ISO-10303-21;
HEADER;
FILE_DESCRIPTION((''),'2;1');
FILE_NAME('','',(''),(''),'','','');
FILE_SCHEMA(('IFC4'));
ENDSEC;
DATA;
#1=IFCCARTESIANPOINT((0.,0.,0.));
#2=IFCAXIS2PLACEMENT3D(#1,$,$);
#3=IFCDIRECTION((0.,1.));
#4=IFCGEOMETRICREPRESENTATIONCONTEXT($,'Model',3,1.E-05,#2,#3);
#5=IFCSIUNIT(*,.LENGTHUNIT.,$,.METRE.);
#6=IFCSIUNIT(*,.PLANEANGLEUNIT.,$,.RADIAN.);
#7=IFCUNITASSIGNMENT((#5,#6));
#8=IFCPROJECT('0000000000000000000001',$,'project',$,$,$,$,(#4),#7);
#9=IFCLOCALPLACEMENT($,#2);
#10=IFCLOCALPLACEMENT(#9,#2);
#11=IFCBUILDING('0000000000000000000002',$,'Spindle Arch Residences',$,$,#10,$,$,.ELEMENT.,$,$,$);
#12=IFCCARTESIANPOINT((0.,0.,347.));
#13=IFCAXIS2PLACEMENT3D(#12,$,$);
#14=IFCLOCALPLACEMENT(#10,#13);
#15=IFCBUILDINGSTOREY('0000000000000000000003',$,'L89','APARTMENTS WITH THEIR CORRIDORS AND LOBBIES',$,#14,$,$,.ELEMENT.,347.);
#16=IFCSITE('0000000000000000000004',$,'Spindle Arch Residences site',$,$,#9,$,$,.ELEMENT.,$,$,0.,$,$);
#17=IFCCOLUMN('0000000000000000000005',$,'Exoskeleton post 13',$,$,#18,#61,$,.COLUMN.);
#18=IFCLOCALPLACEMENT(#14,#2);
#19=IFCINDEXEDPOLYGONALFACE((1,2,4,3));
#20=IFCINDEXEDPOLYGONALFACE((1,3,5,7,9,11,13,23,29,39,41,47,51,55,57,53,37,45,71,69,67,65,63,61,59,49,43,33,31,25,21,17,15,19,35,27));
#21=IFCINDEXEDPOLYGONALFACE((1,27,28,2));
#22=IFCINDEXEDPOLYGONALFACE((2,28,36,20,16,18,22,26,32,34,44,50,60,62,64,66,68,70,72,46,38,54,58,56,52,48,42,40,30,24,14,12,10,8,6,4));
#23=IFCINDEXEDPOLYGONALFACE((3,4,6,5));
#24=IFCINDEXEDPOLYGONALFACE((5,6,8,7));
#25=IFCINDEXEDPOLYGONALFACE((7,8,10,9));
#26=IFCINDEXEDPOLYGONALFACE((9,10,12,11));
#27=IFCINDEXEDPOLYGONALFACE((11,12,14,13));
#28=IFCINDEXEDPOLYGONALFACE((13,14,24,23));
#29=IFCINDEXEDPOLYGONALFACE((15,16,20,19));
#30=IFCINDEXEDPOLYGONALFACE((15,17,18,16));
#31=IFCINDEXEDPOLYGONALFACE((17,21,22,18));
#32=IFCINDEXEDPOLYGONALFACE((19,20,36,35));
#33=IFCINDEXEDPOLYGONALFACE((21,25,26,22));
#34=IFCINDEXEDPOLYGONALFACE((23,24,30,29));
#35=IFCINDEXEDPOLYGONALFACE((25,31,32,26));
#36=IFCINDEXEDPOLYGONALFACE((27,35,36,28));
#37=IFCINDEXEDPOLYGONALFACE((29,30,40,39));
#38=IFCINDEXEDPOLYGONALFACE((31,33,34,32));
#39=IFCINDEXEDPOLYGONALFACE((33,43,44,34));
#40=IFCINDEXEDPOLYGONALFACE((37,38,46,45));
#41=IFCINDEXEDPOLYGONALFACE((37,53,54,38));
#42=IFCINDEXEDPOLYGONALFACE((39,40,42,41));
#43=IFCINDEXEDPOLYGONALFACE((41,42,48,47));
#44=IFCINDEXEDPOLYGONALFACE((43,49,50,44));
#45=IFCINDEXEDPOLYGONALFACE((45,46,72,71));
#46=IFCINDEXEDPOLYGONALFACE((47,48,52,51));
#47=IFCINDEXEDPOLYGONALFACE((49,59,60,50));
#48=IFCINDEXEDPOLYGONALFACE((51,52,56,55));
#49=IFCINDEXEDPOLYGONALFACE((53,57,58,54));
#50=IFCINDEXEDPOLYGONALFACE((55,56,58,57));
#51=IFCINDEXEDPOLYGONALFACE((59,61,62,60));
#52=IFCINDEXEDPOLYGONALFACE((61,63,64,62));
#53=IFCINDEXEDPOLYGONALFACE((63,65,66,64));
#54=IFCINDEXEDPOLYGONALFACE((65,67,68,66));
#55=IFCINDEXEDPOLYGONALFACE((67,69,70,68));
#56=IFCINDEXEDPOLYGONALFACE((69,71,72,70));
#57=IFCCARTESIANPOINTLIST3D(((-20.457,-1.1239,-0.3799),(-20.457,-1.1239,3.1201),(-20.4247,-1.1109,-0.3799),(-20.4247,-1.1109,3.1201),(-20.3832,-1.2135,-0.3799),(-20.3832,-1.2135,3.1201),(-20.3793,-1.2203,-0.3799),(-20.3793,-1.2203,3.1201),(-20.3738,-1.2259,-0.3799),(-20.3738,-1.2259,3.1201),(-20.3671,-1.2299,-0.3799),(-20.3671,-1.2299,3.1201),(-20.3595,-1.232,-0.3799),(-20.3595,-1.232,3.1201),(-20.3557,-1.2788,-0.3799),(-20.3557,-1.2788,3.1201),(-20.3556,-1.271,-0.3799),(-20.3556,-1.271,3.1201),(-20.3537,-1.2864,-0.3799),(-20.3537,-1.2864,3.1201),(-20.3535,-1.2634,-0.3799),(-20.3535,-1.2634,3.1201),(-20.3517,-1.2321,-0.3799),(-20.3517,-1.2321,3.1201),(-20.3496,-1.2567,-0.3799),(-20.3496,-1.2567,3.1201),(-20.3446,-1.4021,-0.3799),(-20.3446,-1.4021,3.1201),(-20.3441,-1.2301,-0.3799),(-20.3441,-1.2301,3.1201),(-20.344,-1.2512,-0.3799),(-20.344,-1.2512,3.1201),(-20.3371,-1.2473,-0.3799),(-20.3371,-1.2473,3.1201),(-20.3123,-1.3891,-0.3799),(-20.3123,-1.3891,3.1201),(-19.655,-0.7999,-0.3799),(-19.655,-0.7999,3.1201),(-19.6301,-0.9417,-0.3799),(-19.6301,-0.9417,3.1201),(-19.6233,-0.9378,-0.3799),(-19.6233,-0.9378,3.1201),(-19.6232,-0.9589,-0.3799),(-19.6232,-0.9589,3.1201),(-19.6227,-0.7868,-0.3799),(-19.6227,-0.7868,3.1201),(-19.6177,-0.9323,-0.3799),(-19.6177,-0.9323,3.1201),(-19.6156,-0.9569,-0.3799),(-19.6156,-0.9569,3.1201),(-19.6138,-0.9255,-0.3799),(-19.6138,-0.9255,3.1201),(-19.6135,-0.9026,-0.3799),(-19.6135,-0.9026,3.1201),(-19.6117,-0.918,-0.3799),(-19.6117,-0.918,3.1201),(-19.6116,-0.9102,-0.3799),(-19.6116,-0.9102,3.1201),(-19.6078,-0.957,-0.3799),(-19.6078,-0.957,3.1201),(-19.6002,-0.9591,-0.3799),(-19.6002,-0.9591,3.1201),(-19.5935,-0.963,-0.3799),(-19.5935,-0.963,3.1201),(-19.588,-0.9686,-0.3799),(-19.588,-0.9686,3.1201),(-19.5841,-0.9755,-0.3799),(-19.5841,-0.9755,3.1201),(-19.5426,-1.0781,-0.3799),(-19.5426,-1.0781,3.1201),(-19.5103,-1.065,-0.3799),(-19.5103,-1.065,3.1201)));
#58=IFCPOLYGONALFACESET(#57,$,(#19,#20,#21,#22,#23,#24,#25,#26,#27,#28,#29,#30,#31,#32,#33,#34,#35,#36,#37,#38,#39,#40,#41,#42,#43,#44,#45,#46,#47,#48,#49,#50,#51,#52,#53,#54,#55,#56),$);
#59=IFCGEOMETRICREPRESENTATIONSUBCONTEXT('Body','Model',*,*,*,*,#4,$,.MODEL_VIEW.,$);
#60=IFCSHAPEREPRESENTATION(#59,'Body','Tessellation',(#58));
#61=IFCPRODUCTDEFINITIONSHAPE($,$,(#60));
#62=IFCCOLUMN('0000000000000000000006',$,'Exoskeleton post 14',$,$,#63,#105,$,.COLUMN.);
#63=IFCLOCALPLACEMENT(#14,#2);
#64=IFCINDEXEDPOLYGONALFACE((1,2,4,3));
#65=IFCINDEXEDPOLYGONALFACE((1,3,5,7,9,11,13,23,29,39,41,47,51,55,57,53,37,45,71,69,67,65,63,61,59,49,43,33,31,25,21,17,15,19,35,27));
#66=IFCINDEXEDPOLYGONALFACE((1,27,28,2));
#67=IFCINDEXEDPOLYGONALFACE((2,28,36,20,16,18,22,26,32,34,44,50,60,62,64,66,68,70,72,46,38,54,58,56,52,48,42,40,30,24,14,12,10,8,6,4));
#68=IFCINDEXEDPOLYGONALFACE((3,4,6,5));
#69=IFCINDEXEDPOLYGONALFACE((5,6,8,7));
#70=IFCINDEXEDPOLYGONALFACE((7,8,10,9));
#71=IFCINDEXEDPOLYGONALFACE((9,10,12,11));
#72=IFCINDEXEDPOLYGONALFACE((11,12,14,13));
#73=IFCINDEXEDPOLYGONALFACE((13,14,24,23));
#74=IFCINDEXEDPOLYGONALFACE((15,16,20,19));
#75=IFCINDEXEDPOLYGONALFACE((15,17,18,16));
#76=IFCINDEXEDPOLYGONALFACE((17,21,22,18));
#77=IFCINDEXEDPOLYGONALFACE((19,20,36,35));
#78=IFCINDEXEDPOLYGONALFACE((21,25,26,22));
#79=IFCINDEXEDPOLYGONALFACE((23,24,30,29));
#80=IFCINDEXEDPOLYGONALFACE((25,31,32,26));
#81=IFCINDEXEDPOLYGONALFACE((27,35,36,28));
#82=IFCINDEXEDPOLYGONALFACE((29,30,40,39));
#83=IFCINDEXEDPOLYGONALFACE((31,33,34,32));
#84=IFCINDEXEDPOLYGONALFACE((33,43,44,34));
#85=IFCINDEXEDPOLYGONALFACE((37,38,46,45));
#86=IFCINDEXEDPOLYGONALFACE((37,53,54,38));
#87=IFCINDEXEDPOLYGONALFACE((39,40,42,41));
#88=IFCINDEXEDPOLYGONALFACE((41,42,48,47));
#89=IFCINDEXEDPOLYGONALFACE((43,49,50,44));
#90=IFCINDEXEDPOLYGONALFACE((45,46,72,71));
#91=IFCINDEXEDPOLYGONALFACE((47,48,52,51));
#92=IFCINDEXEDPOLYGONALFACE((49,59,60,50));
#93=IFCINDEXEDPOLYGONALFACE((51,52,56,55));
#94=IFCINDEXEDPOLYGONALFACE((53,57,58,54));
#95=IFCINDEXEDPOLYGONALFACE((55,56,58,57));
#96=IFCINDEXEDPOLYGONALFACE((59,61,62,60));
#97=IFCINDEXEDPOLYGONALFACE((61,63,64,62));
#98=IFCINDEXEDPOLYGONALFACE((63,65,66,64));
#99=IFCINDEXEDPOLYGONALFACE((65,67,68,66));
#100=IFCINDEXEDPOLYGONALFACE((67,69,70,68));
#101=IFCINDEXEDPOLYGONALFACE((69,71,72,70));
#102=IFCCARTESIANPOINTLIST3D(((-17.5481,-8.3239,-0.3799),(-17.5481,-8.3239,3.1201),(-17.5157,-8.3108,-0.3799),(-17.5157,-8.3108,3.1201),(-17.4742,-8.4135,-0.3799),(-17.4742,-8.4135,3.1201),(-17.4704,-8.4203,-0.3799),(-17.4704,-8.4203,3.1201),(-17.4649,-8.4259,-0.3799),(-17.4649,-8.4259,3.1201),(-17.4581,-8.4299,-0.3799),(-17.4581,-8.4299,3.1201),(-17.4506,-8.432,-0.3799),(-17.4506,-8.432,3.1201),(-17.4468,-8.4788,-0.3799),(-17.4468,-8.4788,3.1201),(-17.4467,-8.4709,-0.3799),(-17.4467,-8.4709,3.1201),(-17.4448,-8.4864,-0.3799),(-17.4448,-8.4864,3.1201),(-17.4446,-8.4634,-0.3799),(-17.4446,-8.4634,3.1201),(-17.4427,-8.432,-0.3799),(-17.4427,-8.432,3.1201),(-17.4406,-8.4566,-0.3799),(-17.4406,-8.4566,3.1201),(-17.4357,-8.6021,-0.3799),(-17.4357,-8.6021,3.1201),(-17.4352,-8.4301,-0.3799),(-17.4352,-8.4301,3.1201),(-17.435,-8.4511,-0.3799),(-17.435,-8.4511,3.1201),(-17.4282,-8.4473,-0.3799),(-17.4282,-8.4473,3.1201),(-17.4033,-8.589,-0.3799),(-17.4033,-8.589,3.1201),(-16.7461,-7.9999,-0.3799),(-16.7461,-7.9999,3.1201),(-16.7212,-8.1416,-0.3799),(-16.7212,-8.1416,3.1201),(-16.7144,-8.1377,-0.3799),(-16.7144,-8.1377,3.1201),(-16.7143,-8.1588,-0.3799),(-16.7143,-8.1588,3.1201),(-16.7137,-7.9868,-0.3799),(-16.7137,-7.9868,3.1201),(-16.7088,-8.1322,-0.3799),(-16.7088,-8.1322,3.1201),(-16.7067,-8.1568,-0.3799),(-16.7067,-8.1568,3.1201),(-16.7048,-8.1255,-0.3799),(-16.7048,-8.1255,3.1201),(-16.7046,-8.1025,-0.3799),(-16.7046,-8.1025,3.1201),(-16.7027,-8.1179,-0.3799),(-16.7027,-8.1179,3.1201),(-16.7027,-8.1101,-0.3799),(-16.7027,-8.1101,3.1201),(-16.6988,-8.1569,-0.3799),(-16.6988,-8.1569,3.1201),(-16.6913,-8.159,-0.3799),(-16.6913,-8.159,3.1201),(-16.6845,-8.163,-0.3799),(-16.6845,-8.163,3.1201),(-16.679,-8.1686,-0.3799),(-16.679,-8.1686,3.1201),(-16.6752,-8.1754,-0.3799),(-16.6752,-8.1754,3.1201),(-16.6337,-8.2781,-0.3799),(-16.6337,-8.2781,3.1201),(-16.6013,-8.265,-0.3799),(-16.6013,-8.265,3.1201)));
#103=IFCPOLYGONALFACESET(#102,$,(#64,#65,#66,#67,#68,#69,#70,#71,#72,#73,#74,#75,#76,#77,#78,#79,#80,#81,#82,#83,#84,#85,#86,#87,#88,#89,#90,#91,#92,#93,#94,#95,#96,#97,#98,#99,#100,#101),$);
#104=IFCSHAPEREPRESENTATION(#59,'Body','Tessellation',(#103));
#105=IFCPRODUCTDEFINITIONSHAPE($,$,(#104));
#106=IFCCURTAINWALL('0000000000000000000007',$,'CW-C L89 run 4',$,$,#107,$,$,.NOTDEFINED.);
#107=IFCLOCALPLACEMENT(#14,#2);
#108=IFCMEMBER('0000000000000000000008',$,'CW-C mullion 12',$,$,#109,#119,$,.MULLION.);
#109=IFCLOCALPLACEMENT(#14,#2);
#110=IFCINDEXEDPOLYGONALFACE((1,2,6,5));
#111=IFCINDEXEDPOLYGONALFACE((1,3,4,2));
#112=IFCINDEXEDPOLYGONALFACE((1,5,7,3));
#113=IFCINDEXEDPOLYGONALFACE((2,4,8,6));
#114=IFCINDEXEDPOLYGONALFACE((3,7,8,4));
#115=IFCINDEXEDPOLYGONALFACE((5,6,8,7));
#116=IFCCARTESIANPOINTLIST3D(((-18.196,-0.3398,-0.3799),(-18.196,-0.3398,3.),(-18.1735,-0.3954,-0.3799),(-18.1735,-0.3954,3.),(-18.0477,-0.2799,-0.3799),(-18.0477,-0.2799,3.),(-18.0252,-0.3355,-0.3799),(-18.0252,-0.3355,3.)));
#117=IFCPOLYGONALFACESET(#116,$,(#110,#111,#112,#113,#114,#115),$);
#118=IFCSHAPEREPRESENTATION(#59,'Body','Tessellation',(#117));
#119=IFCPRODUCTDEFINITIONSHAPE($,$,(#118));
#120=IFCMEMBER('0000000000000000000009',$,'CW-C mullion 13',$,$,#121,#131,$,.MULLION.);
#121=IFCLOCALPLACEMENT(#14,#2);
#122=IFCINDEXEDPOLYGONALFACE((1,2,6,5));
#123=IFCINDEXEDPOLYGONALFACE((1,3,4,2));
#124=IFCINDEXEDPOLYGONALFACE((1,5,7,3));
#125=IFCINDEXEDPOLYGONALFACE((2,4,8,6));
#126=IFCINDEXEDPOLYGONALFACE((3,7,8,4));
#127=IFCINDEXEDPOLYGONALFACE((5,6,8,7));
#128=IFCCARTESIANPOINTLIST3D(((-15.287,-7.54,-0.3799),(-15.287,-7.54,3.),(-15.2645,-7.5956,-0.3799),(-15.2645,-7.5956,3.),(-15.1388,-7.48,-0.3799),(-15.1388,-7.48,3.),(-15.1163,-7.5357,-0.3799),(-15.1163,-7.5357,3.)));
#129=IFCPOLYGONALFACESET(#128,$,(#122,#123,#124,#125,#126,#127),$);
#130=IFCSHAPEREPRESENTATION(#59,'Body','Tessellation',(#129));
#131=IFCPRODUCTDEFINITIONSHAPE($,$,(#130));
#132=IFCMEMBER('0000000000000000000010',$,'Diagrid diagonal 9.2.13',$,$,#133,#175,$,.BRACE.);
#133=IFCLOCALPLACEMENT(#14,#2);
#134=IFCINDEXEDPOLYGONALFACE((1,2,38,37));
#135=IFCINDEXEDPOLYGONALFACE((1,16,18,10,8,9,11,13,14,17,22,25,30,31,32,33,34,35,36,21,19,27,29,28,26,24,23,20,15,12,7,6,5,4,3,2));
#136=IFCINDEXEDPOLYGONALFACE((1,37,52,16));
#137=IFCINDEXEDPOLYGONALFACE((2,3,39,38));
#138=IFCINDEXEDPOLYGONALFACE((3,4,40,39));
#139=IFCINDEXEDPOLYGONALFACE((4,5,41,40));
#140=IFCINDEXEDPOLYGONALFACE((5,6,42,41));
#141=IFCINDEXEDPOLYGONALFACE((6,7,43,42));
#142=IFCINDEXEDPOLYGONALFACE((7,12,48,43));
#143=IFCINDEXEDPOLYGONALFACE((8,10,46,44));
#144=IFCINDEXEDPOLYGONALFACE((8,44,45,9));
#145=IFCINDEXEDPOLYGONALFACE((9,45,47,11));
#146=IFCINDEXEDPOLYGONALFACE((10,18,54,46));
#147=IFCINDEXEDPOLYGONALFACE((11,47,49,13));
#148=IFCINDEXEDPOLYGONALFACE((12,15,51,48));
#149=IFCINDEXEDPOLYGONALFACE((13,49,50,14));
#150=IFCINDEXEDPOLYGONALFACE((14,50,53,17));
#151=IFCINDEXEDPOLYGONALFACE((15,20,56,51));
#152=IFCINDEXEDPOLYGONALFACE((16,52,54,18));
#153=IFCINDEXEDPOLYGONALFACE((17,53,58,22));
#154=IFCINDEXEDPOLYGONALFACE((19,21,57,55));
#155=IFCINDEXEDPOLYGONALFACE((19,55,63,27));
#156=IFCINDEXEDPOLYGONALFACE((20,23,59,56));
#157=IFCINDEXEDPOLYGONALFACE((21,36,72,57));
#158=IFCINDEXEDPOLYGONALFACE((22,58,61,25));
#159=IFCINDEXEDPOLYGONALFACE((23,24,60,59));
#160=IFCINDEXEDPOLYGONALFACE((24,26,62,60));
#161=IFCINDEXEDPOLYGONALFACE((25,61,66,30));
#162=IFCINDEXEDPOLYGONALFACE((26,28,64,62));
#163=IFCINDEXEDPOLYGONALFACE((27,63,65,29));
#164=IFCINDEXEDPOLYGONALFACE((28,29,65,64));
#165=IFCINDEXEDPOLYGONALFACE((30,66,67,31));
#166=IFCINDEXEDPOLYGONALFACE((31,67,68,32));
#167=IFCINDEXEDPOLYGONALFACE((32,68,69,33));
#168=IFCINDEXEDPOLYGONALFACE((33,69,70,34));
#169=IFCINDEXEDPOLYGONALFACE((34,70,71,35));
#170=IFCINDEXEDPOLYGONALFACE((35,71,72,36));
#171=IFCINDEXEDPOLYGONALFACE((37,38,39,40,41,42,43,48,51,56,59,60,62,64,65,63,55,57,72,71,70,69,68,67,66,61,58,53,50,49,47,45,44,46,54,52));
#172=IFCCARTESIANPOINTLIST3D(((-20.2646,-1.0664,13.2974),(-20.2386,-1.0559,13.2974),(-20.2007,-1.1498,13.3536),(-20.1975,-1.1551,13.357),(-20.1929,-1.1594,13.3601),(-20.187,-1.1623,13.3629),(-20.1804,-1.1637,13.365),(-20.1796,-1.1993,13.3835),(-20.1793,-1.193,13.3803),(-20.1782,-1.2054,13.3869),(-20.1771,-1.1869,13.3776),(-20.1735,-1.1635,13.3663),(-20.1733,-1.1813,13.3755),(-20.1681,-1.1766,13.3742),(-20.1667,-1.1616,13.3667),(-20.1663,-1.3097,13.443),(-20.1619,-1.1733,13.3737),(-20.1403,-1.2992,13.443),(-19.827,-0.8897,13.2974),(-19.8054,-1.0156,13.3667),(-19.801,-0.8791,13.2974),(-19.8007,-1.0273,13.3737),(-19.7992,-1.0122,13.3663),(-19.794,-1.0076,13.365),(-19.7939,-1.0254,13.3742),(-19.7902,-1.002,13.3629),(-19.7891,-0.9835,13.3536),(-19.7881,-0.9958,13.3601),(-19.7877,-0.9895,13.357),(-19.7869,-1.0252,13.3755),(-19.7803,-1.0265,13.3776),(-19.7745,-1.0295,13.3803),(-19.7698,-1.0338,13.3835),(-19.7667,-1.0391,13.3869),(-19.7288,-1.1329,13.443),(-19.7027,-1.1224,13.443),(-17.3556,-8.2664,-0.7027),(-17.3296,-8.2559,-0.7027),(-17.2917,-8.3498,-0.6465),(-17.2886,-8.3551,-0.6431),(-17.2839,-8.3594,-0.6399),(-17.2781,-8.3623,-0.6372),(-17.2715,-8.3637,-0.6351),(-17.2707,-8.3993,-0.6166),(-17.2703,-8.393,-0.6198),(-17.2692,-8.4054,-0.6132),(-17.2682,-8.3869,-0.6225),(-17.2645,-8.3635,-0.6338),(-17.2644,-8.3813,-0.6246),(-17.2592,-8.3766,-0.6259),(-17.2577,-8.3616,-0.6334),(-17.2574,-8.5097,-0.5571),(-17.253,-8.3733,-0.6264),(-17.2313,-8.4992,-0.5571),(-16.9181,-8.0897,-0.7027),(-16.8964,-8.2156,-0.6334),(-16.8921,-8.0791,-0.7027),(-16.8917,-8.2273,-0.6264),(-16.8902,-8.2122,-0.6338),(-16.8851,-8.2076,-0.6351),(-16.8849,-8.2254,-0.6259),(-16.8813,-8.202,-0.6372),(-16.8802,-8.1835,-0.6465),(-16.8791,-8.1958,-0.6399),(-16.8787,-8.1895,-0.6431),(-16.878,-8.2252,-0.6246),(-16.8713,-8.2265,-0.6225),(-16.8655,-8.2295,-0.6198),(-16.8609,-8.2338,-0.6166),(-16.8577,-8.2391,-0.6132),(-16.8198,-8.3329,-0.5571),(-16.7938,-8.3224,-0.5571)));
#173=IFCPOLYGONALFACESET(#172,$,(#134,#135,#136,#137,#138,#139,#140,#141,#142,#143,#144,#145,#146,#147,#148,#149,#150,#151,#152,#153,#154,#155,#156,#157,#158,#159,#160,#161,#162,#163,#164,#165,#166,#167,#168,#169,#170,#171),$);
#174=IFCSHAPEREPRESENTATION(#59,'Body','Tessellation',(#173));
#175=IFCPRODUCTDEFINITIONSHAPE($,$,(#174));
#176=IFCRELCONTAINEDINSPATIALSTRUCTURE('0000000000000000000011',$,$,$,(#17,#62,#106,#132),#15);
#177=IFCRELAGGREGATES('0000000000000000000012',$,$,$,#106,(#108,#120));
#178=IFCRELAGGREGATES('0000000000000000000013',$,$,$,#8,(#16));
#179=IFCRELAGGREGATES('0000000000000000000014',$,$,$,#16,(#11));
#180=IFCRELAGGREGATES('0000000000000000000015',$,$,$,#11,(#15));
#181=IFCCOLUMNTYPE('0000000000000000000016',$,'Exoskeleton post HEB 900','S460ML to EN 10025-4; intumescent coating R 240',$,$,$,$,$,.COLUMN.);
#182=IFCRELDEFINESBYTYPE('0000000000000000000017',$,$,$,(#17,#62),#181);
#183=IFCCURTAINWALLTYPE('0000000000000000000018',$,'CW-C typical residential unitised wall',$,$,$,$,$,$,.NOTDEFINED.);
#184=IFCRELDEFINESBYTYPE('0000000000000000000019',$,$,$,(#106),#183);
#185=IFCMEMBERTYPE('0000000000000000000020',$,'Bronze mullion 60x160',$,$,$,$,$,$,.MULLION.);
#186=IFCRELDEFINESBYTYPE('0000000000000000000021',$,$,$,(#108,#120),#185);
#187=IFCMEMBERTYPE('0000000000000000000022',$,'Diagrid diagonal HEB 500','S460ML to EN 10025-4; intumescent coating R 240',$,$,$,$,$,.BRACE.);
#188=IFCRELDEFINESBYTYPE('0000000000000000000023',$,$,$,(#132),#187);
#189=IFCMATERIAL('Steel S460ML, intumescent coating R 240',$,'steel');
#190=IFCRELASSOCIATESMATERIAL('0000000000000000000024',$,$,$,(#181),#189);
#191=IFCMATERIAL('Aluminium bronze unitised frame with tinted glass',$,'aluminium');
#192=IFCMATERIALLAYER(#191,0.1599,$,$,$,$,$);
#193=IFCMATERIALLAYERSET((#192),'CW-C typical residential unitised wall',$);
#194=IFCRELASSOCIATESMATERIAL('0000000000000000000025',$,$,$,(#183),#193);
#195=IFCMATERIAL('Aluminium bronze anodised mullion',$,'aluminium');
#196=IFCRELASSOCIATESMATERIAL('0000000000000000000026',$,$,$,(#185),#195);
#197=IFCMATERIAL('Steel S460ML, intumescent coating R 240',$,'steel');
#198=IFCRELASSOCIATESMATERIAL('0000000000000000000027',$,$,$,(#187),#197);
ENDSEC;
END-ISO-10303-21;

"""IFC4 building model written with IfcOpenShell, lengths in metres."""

from ifc_helpers import new_model, si_unit, direction, frame, origin, origin_2d, place, context, subcontext, project, spatial, rectangle, i_section, extrude, material, layer, layer_set, material_profile, profile_set, type_object, element, aggregate, save


model = new_model("IFC4")

# Units and contexts
model_context = context("Model", 3, precision=1e-05, world=origin(), true_north=direction((0.0, 1.0)))
body_context = subcontext(model_context, "Body", "Model", "MODEL_VIEW")
ifc_project = project(units=[si_unit("LENGTHUNIT", "METRE"), si_unit("PLANEANGLEUNIT", "RADIAN")], contexts=[model_context])

# Site, building, storey
site_placement = place(None, origin())
site = spatial("IfcSite", under=ifc_project, at=site_placement, Name="Spindle Arch Residences site", CompositionType="ELEMENT", RefElevation=0.0)
building_placement = place(site_placement, origin())
building = spatial("IfcBuilding", under=site, at=building_placement, Name="Spindle Arch Residences", CompositionType="ELEMENT")
storey_placement = place(building_placement, frame((0.0, 0.0, 347.0)))
storey = spatial("IfcBuildingStorey", under=building, at=storey_placement, Name="L89", Description="APARTMENTS WITH THEIR CORRIDORS AND LOBBIES", CompositionType="ELEMENT", Elevation=347.0)

# Columns
ifc_material_1 = material(Name="Steel S460ML, intumescent coating R 240", Category="steel")
ifc_material_profile_1 = material_profile(ifc_material_1, i_section(OverallWidth=0.3, OverallDepth=0.8999, WebThickness=0.0186, FlangeThickness=0.0349, FilletRadius=0.03, at=origin_2d()), Name="HEB 900")
ifc_profile_set_1 = profile_set([ifc_material_profile_1], Name="Steel S460ML, intumescent coating R 240")
column_type = type_object("IfcColumnType", Name="Exoskeleton post HEB 900", Description="S460ML to EN 10025-4; intumescent coating R 240", PredefinedType="COLUMN", material=ifc_profile_set_1)
for number, where, z_axis, x_axis, name in (
    (1, (-19.9836, -1.0945, -0.3799), (0.0, 0.0, 1.0), (-0.374607, 0.927184, 0.0), "Exoskeleton post 13"),
    (2, (-17.0747, -8.2944, -0.3799), (0.0, 0.0, 1.0), (-0.374607, 0.927184, 0.0), "Exoskeleton post 14"),
):
    element("IfcColumn", number, at=place(storey_placement, frame(where, z_axis=z_axis, x_axis=x_axis)), inside=storey, type_object=column_type, Name=name, PredefinedType="COLUMN", context=body_context, shape_type="SweptSolid", body=[
        extrude(i_section(OverallWidth=0.3, OverallDepth=0.8999, WebThickness=0.0186, FlangeThickness=0.0349, FilletRadius=0.03, at=origin_2d()), origin(), (0.0, 0.0, 1.0), 3.5),
    ])

# Curtain wall, members
ifc_material_2 = material(Name="Aluminium bronze unitised frame with tinted glass", Category="aluminium")
ifc_layer_1 = layer(ifc_material_2, 0.1599)
ifc_layer_set_1 = layer_set([ifc_layer_1], Name="CW-C typical residential unitised wall")
curtain_wall_type = type_object("IfcCurtainWallType", Name="CW-C typical residential unitised wall", PredefinedType="NOTDEFINED", material=ifc_layer_set_1)
curtain_wall_placement = place(storey_placement, origin())
curtain_wall = element("IfcCurtainWall", 3, at=curtain_wall_placement, inside=storey, type_object=curtain_wall_type, Name="CW-C L89 run 4", PredefinedType="NOTDEFINED")
ifc_material_3 = material(Name="Aluminium bronze anodised mullion", Category="aluminium")
ifc_material_profile_2 = material_profile(ifc_material_3, rectangle(XDim=0.1599, YDim=0.0601, at=origin_2d()), Name="MU 60x160")
ifc_profile_set_2 = profile_set([ifc_material_profile_2], Name="Aluminium bronze anodised mullion")
member_type_1 = type_object("IfcMemberType", Name="Bronze mullion 60x160", PredefinedType="MULLION", material=ifc_profile_set_2)
member_1_placement = place(storey_placement, frame((-18.1106, -0.3376, -0.3799), z_axis=(0.0, 0.0, 1.0), x_axis=(0.927184, 0.374607, 0.0)))
member_1 = element("IfcMember", 4, at=member_1_placement, type_object=member_type_1, Name="CW-C mullion 12", PredefinedType="MULLION", context=body_context, shape_type="SweptSolid", body=[
    extrude(rectangle(XDim=0.1599, YDim=0.0601, at=origin_2d()), origin(), (0.0, 0.0, 1.0), 3.3799),
])
member_2_placement = place(storey_placement, frame((-15.2017, -7.5378, -0.3799), z_axis=(0.0, 0.0, 1.0), x_axis=(0.927184, 0.374607, 0.0)))
member_2 = element("IfcMember", 5, at=member_2_placement, type_object=member_type_1, Name="CW-C mullion 13", PredefinedType="MULLION", context=body_context, shape_type="SweptSolid", body=[
    extrude(rectangle(XDim=0.1599, YDim=0.0601, at=origin_2d()), origin(), (0.0, 0.0, 1.0), 3.3799),
])

# Member
ifc_material_4 = material(Name="Steel S460ML, intumescent coating R 240", Category="steel")
ifc_material_profile_3 = material_profile(ifc_material_4, i_section(OverallWidth=0.3, OverallDepth=0.5, WebThickness=0.0144, FlangeThickness=0.0281, FilletRadius=0.0271, at=origin_2d()), Name="HEB 500")
ifc_profile_set_3 = profile_set([ifc_material_profile_3], Name="Steel S460ML, intumescent coating R 240")
member_type_2 = type_object("IfcMemberType", Name="Diagrid diagonal HEB 500", Description="S460ML to EN 10025-4; intumescent coating R 240", PredefinedType="BRACE", material=ifc_profile_set_3)
for number, where, z_axis, x_axis, name in (
    (6, (-17.0747, -8.2944, -0.6299), (-0.181702, 0.449732, 0.874486), (0.327585, -0.81081, 0.485051), "Diagrid diagonal 9.2.13"),
):
    element("IfcMember", number, at=place(storey_placement, frame(where, z_axis=z_axis, x_axis=x_axis)), inside=storey, type_object=member_type_2, Name=name, PredefinedType="BRACE", context=body_context, shape_type="SweptSolid", body=[
        extrude(i_section(OverallWidth=0.3, OverallDepth=0.5, WebThickness=0.0144, FlangeThickness=0.0281, FilletRadius=0.0271, at=origin_2d()), origin(), (0.0, 0.0, 1.0), 16.0095),
    ])

aggregate(curtain_wall, [member_1, member_2])

save(model, "model.ifc")
